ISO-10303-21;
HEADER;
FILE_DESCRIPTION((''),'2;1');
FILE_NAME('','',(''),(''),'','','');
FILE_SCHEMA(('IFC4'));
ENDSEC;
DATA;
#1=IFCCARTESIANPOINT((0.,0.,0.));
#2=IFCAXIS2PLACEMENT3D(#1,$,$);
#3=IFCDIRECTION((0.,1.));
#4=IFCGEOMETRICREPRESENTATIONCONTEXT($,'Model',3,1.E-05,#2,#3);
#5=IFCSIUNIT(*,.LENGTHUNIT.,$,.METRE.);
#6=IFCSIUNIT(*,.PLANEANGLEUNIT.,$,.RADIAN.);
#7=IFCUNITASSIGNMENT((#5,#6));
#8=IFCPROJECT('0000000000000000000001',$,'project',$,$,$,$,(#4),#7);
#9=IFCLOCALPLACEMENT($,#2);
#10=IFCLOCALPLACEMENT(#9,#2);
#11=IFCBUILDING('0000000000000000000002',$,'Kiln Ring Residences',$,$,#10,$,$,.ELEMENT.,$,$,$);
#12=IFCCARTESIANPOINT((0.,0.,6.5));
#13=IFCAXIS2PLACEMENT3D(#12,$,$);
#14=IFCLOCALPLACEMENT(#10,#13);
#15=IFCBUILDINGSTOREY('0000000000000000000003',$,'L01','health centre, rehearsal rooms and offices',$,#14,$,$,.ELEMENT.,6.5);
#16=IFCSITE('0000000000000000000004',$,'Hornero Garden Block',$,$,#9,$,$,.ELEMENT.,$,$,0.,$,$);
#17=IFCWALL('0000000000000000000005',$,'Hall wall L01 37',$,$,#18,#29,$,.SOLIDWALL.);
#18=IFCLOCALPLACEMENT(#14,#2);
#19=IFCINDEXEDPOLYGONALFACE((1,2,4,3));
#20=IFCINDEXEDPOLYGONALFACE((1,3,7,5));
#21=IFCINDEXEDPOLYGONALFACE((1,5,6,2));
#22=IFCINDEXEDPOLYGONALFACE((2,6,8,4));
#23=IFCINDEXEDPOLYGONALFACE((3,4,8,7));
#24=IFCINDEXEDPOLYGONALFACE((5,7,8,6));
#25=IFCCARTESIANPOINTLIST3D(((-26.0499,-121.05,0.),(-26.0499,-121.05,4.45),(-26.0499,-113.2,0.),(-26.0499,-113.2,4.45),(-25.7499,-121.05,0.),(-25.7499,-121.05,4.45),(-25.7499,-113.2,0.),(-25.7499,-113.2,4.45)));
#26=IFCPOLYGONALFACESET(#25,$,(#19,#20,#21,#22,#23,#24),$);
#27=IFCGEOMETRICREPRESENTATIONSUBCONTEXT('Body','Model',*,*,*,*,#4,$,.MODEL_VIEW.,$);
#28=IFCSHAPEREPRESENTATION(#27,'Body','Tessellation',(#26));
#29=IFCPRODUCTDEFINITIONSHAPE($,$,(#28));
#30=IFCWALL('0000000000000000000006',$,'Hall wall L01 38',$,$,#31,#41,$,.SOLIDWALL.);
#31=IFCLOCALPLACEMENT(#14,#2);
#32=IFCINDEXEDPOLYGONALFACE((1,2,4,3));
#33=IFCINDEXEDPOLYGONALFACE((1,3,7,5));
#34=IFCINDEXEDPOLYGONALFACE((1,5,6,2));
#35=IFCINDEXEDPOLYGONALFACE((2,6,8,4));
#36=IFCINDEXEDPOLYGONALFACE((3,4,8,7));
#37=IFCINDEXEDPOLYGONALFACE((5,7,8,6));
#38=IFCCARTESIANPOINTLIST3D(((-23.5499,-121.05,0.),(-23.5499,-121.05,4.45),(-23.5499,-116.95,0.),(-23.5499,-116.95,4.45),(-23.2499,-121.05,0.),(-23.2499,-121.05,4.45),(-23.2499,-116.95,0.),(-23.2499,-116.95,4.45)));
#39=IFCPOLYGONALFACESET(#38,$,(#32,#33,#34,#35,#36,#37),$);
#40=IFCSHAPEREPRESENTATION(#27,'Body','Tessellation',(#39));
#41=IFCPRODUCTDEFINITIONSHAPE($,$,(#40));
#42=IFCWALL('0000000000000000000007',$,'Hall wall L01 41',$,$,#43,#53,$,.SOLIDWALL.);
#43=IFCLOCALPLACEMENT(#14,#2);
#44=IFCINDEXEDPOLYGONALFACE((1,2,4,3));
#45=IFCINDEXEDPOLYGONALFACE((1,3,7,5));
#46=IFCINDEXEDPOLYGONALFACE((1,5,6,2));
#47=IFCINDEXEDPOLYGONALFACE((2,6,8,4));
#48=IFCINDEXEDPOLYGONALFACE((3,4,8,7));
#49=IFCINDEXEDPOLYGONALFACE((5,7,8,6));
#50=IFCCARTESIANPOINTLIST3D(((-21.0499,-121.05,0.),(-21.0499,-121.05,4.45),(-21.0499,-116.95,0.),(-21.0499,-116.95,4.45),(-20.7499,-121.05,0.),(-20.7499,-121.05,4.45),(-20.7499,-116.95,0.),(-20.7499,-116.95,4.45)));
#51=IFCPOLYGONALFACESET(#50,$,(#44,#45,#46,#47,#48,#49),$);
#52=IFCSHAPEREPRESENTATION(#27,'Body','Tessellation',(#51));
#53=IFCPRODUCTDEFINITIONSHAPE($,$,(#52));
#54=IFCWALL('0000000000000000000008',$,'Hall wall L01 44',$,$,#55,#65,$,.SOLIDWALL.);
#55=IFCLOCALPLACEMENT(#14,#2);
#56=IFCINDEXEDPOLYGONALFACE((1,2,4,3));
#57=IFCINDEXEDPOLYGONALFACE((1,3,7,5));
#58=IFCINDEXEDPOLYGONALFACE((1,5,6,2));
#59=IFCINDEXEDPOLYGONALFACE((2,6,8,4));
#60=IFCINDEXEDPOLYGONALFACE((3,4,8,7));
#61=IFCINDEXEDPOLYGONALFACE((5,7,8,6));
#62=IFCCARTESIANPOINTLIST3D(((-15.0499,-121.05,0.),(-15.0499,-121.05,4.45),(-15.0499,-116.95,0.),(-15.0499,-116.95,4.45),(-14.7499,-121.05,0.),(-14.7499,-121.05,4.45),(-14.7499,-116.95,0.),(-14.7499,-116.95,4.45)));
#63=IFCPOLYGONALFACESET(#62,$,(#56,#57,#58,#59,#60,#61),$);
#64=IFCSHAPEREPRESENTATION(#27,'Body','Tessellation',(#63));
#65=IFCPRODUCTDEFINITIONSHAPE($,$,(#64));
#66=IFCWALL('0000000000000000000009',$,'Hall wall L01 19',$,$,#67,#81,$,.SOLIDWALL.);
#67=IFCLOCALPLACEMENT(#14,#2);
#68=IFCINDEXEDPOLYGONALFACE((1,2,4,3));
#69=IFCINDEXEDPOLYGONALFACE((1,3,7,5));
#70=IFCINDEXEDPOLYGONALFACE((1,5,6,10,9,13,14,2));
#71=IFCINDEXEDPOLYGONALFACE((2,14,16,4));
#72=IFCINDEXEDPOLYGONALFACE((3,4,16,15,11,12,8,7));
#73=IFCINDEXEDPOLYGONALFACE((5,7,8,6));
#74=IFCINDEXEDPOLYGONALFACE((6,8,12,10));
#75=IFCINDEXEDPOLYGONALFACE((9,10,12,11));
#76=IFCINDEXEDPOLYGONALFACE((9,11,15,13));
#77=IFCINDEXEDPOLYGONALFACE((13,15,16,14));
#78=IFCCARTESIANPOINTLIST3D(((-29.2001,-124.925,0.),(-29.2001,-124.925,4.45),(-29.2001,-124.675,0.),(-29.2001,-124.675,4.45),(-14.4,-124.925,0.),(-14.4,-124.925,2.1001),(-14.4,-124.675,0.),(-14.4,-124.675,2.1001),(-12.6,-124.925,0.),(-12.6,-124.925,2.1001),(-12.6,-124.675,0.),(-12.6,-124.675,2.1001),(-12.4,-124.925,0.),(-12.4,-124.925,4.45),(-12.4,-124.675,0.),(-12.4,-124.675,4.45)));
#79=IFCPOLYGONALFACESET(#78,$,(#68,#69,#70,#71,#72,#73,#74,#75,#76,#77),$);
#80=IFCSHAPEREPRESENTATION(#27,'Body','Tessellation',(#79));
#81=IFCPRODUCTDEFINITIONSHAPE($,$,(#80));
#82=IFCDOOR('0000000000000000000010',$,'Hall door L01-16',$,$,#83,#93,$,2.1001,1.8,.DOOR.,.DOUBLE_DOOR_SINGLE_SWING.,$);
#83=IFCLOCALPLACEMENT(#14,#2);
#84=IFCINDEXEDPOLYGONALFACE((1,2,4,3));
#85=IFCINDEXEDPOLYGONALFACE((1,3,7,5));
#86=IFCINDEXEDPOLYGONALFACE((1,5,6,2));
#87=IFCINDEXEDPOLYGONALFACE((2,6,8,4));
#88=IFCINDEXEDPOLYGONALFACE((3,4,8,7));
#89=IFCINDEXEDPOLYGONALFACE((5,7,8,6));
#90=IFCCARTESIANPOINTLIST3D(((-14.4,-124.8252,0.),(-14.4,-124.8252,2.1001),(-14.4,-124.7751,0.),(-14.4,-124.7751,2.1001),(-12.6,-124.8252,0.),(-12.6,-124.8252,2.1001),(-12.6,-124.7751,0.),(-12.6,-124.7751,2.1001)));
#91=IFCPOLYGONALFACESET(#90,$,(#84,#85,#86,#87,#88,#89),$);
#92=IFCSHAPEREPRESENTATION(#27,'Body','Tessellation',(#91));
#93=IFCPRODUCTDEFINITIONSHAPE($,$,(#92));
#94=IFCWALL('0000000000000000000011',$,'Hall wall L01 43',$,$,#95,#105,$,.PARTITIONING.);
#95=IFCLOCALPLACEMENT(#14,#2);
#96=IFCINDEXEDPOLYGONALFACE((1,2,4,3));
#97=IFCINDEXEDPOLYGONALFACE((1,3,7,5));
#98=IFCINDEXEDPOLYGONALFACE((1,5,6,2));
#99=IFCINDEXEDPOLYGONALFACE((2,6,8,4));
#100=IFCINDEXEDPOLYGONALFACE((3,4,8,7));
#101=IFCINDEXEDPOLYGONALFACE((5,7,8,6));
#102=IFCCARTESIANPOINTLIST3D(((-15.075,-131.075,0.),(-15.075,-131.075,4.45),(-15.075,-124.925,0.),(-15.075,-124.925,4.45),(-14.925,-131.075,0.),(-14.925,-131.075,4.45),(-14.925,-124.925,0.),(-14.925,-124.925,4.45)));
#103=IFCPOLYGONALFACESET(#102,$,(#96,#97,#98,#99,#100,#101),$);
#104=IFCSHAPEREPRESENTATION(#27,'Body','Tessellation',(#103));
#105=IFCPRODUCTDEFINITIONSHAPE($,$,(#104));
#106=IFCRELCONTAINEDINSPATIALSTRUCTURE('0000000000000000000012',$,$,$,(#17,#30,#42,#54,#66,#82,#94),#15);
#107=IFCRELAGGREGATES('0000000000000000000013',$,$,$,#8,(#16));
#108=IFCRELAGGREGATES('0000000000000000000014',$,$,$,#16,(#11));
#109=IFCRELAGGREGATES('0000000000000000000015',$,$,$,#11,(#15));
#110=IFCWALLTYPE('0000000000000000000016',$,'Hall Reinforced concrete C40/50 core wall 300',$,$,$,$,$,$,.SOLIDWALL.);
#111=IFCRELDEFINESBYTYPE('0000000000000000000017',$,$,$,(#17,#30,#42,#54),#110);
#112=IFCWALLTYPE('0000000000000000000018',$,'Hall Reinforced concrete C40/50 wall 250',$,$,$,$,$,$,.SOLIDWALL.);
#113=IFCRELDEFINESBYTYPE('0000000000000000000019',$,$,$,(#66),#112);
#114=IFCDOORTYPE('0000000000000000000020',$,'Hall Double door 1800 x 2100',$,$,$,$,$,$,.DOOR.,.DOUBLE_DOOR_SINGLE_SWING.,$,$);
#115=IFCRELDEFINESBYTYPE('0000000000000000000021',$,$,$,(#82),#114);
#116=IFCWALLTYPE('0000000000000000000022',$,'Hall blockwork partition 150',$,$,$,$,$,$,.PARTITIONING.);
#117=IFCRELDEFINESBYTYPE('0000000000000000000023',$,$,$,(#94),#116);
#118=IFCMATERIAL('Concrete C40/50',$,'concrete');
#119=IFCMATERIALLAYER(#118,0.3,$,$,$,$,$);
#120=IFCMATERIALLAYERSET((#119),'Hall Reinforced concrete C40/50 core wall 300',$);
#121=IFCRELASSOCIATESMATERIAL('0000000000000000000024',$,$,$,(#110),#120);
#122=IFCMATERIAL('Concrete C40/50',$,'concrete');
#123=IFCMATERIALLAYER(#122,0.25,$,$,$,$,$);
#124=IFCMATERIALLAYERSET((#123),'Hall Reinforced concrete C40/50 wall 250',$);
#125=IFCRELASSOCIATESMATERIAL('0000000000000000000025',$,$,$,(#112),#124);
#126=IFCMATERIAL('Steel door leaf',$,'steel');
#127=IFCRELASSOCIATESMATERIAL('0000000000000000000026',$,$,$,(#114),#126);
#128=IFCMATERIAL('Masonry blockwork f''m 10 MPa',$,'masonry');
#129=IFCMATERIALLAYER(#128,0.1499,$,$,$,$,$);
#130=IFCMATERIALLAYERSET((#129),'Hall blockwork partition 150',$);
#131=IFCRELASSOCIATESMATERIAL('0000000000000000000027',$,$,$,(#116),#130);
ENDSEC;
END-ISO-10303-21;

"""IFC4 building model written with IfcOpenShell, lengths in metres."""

from ifc_helpers import new_model, si_unit, direction, frame, frame_2d, origin, place, context, subcontext, project, spatial, rectangle, extrude, material, layer, layer_set, type_object, element, fill, save


model = new_model("IFC4")

# Units and contexts
model_context = context("Model", 3, precision=1e-05, world=origin(), true_north=direction((0.0, 1.0)))
body_context = subcontext(model_context, "Body", "Model", "MODEL_VIEW")
ifc_project = project(units=[si_unit("LENGTHUNIT", "METRE"), si_unit("PLANEANGLEUNIT", "RADIAN")], contexts=[model_context])

# Site, building, storey
site_placement = place(None, origin())
site = spatial("IfcSite", under=ifc_project, at=site_placement, Name="Hornero Garden Block", CompositionType="ELEMENT", RefElevation=0.0)
building_placement = place(site_placement, origin())
building = spatial("IfcBuilding", under=site, at=building_placement, Name="Kiln Ring Residences", CompositionType="ELEMENT")
storey_placement = place(building_placement, frame((0.0, 0.0, 6.5)))
storey = spatial("IfcBuildingStorey", under=building, at=storey_placement, Name="L01", Description="health centre, rehearsal rooms and offices", CompositionType="ELEMENT", Elevation=6.5)

# Shared definitions
ifc_material_1 = material(Name="Concrete C40/50", Category="concrete")
ifc_layer_1 = layer(ifc_material_1, 0.3)
ifc_layer_set_1 = layer_set([ifc_layer_1], Name="Hall Reinforced concrete C40/50 core wall 300")
wall_type_1 = type_object("IfcWallType", Name="Hall Reinforced concrete C40/50 core wall 300", PredefinedType="SOLIDWALL", material=ifc_layer_set_1)

# Walls
wall_1_placement = place(storey_placement, frame((-25.8999, -121.05, 0.0), z_axis=(0.0, 0.0, 1.0), x_axis=(0.0, 1.0, 0.0)))
element("IfcWall", 1, at=wall_1_placement, inside=storey, type_object=wall_type_1, Name="Hall wall L01 37", PredefinedType="SOLIDWALL", context=body_context, shape_type="SweptSolid", body=[
    extrude(rectangle(XDim=7.8501, YDim=0.3, at=frame_2d((3.925, 0.0))), origin(), (0.0, 0.0, 1.0), 4.45),
])
for number, where, z_axis, x_axis, name in (
    (2, (-23.3999, -121.05, 0.0), (0.0, 0.0, 1.0), (0.0, 1.0, 0.0), "Hall wall L01 38"),
    (3, (-20.8999, -121.05, 0.0), (0.0, 0.0, 1.0), (0.0, 1.0, 0.0), "Hall wall L01 41"),
    (4, (-14.8999, -121.05, 0.0), (0.0, 0.0, 1.0), (0.0, 1.0, 0.0), "Hall wall L01 44"),
):
    element("IfcWall", number, at=place(storey_placement, frame(where, z_axis=z_axis, x_axis=x_axis)), inside=storey, type_object=wall_type_1, Name=name, PredefinedType="SOLIDWALL", context=body_context, shape_type="SweptSolid", body=[
        extrude(rectangle(XDim=4.1001, YDim=0.3, at=frame_2d((2.05, 0.0))), origin(), (0.0, 0.0, 1.0), 4.45),
    ])

# Wall, opening, door
ifc_material_2 = material(Name="Concrete C40/50", Category="concrete")
ifc_layer_2 = layer(ifc_material_2, 0.25)
ifc_layer_set_2 = layer_set([ifc_layer_2], Name="Hall Reinforced concrete C40/50 wall 250")
wall_type_2 = type_object("IfcWallType", Name="Hall Reinforced concrete C40/50 wall 250", PredefinedType="SOLIDWALL", material=ifc_layer_set_2)
wall_2_placement = place(storey_placement, frame((-29.2, -124.8, 0.0), z_axis=(0.0, 0.0, 1.0), x_axis=(1.0, 0.0, 0.0)))
wall_2 = element("IfcWall", 5, at=wall_2_placement, inside=storey, type_object=wall_type_2, Name="Hall wall L01 19", PredefinedType="SOLIDWALL", context=body_context, shape_type="SweptSolid", body=[
    extrude(rectangle(XDim=16.8, YDim=0.25, at=frame_2d((8.3999, 0.0))), origin(), (0.0, 0.0, 1.0), 4.45),
])
opening_1_placement = place(wall_2_placement, frame((14.8, 0.0, 0.0)))
opening_1 = element("IfcOpeningElement", 6, at=opening_1_placement, cuts=wall_2, PredefinedType="OPENING", context=body_context, shape_type="SweptSolid", body=[
    extrude(rectangle(XDim=1.8, YDim=2.1001, at=frame_2d((0.8999, 1.05))), frame((0.0, 0.135, 0.0), z_axis=(0.0, -1.0, 0.0), x_axis=(1.0, 0.0, 0.0)), (0.0, 0.0, 1.0), 0.27),
])
ifc_material_3 = material(Name="Steel door leaf", Category="steel")
door_type_1 = type_object("IfcDoorType", Name="Hall Double door 1800 x 2100", OperationType="DOUBLE_DOOR_SINGLE_SWING", PredefinedType="DOOR", material=ifc_material_3)
door_1_placement = place(opening_1_placement, origin())
door_1 = element("IfcDoor", 7, at=door_1_placement, inside=storey, type_object=door_type_1, Name="Hall door L01-16", OperationType="DOUBLE_DOOR_SINGLE_SWING", OverallHeight=2.1001, OverallWidth=1.8, PredefinedType="DOOR", context=body_context, shape_type="SweptSolid", body=[
    extrude(rectangle(XDim=1.8, YDim=2.1001, at=frame_2d((0.8999, 1.05))), frame((0.0, 0.0249, 0.0), z_axis=(0.0, -1.0, 0.0), x_axis=(1.0, 0.0, 0.0)), (0.0, 0.0, 1.0), 0.05),
])
fill(opening_1, door_1)

# Wall
ifc_material_4 = material(Name="Masonry blockwork f'm 10 MPa", Category="masonry")
ifc_layer_3 = layer(ifc_material_4, 0.1499)
ifc_layer_set_3 = layer_set([ifc_layer_3], Name="Hall blockwork partition 150")
wall_type_3 = type_object("IfcWallType", Name="Hall blockwork partition 150", PredefinedType="PARTITIONING", material=ifc_layer_set_3)
wall_3_placement = place(storey_placement, frame((-15.0, -131.075, 0.0), z_axis=(0.0, 0.0, 1.0), x_axis=(0.0, 1.0, 0.0)))
element("IfcWall", 8, at=wall_3_placement, inside=storey, type_object=wall_type_3, Name="Hall wall L01 43", PredefinedType="PARTITIONING", context=body_context, shape_type="SweptSolid", body=[
    extrude(rectangle(XDim=6.1499, YDim=0.1499, at=frame_2d((3.075, 0.0))), origin(), (0.0, 0.0, 1.0), 4.45),
])

save(model, "model.ifc")
